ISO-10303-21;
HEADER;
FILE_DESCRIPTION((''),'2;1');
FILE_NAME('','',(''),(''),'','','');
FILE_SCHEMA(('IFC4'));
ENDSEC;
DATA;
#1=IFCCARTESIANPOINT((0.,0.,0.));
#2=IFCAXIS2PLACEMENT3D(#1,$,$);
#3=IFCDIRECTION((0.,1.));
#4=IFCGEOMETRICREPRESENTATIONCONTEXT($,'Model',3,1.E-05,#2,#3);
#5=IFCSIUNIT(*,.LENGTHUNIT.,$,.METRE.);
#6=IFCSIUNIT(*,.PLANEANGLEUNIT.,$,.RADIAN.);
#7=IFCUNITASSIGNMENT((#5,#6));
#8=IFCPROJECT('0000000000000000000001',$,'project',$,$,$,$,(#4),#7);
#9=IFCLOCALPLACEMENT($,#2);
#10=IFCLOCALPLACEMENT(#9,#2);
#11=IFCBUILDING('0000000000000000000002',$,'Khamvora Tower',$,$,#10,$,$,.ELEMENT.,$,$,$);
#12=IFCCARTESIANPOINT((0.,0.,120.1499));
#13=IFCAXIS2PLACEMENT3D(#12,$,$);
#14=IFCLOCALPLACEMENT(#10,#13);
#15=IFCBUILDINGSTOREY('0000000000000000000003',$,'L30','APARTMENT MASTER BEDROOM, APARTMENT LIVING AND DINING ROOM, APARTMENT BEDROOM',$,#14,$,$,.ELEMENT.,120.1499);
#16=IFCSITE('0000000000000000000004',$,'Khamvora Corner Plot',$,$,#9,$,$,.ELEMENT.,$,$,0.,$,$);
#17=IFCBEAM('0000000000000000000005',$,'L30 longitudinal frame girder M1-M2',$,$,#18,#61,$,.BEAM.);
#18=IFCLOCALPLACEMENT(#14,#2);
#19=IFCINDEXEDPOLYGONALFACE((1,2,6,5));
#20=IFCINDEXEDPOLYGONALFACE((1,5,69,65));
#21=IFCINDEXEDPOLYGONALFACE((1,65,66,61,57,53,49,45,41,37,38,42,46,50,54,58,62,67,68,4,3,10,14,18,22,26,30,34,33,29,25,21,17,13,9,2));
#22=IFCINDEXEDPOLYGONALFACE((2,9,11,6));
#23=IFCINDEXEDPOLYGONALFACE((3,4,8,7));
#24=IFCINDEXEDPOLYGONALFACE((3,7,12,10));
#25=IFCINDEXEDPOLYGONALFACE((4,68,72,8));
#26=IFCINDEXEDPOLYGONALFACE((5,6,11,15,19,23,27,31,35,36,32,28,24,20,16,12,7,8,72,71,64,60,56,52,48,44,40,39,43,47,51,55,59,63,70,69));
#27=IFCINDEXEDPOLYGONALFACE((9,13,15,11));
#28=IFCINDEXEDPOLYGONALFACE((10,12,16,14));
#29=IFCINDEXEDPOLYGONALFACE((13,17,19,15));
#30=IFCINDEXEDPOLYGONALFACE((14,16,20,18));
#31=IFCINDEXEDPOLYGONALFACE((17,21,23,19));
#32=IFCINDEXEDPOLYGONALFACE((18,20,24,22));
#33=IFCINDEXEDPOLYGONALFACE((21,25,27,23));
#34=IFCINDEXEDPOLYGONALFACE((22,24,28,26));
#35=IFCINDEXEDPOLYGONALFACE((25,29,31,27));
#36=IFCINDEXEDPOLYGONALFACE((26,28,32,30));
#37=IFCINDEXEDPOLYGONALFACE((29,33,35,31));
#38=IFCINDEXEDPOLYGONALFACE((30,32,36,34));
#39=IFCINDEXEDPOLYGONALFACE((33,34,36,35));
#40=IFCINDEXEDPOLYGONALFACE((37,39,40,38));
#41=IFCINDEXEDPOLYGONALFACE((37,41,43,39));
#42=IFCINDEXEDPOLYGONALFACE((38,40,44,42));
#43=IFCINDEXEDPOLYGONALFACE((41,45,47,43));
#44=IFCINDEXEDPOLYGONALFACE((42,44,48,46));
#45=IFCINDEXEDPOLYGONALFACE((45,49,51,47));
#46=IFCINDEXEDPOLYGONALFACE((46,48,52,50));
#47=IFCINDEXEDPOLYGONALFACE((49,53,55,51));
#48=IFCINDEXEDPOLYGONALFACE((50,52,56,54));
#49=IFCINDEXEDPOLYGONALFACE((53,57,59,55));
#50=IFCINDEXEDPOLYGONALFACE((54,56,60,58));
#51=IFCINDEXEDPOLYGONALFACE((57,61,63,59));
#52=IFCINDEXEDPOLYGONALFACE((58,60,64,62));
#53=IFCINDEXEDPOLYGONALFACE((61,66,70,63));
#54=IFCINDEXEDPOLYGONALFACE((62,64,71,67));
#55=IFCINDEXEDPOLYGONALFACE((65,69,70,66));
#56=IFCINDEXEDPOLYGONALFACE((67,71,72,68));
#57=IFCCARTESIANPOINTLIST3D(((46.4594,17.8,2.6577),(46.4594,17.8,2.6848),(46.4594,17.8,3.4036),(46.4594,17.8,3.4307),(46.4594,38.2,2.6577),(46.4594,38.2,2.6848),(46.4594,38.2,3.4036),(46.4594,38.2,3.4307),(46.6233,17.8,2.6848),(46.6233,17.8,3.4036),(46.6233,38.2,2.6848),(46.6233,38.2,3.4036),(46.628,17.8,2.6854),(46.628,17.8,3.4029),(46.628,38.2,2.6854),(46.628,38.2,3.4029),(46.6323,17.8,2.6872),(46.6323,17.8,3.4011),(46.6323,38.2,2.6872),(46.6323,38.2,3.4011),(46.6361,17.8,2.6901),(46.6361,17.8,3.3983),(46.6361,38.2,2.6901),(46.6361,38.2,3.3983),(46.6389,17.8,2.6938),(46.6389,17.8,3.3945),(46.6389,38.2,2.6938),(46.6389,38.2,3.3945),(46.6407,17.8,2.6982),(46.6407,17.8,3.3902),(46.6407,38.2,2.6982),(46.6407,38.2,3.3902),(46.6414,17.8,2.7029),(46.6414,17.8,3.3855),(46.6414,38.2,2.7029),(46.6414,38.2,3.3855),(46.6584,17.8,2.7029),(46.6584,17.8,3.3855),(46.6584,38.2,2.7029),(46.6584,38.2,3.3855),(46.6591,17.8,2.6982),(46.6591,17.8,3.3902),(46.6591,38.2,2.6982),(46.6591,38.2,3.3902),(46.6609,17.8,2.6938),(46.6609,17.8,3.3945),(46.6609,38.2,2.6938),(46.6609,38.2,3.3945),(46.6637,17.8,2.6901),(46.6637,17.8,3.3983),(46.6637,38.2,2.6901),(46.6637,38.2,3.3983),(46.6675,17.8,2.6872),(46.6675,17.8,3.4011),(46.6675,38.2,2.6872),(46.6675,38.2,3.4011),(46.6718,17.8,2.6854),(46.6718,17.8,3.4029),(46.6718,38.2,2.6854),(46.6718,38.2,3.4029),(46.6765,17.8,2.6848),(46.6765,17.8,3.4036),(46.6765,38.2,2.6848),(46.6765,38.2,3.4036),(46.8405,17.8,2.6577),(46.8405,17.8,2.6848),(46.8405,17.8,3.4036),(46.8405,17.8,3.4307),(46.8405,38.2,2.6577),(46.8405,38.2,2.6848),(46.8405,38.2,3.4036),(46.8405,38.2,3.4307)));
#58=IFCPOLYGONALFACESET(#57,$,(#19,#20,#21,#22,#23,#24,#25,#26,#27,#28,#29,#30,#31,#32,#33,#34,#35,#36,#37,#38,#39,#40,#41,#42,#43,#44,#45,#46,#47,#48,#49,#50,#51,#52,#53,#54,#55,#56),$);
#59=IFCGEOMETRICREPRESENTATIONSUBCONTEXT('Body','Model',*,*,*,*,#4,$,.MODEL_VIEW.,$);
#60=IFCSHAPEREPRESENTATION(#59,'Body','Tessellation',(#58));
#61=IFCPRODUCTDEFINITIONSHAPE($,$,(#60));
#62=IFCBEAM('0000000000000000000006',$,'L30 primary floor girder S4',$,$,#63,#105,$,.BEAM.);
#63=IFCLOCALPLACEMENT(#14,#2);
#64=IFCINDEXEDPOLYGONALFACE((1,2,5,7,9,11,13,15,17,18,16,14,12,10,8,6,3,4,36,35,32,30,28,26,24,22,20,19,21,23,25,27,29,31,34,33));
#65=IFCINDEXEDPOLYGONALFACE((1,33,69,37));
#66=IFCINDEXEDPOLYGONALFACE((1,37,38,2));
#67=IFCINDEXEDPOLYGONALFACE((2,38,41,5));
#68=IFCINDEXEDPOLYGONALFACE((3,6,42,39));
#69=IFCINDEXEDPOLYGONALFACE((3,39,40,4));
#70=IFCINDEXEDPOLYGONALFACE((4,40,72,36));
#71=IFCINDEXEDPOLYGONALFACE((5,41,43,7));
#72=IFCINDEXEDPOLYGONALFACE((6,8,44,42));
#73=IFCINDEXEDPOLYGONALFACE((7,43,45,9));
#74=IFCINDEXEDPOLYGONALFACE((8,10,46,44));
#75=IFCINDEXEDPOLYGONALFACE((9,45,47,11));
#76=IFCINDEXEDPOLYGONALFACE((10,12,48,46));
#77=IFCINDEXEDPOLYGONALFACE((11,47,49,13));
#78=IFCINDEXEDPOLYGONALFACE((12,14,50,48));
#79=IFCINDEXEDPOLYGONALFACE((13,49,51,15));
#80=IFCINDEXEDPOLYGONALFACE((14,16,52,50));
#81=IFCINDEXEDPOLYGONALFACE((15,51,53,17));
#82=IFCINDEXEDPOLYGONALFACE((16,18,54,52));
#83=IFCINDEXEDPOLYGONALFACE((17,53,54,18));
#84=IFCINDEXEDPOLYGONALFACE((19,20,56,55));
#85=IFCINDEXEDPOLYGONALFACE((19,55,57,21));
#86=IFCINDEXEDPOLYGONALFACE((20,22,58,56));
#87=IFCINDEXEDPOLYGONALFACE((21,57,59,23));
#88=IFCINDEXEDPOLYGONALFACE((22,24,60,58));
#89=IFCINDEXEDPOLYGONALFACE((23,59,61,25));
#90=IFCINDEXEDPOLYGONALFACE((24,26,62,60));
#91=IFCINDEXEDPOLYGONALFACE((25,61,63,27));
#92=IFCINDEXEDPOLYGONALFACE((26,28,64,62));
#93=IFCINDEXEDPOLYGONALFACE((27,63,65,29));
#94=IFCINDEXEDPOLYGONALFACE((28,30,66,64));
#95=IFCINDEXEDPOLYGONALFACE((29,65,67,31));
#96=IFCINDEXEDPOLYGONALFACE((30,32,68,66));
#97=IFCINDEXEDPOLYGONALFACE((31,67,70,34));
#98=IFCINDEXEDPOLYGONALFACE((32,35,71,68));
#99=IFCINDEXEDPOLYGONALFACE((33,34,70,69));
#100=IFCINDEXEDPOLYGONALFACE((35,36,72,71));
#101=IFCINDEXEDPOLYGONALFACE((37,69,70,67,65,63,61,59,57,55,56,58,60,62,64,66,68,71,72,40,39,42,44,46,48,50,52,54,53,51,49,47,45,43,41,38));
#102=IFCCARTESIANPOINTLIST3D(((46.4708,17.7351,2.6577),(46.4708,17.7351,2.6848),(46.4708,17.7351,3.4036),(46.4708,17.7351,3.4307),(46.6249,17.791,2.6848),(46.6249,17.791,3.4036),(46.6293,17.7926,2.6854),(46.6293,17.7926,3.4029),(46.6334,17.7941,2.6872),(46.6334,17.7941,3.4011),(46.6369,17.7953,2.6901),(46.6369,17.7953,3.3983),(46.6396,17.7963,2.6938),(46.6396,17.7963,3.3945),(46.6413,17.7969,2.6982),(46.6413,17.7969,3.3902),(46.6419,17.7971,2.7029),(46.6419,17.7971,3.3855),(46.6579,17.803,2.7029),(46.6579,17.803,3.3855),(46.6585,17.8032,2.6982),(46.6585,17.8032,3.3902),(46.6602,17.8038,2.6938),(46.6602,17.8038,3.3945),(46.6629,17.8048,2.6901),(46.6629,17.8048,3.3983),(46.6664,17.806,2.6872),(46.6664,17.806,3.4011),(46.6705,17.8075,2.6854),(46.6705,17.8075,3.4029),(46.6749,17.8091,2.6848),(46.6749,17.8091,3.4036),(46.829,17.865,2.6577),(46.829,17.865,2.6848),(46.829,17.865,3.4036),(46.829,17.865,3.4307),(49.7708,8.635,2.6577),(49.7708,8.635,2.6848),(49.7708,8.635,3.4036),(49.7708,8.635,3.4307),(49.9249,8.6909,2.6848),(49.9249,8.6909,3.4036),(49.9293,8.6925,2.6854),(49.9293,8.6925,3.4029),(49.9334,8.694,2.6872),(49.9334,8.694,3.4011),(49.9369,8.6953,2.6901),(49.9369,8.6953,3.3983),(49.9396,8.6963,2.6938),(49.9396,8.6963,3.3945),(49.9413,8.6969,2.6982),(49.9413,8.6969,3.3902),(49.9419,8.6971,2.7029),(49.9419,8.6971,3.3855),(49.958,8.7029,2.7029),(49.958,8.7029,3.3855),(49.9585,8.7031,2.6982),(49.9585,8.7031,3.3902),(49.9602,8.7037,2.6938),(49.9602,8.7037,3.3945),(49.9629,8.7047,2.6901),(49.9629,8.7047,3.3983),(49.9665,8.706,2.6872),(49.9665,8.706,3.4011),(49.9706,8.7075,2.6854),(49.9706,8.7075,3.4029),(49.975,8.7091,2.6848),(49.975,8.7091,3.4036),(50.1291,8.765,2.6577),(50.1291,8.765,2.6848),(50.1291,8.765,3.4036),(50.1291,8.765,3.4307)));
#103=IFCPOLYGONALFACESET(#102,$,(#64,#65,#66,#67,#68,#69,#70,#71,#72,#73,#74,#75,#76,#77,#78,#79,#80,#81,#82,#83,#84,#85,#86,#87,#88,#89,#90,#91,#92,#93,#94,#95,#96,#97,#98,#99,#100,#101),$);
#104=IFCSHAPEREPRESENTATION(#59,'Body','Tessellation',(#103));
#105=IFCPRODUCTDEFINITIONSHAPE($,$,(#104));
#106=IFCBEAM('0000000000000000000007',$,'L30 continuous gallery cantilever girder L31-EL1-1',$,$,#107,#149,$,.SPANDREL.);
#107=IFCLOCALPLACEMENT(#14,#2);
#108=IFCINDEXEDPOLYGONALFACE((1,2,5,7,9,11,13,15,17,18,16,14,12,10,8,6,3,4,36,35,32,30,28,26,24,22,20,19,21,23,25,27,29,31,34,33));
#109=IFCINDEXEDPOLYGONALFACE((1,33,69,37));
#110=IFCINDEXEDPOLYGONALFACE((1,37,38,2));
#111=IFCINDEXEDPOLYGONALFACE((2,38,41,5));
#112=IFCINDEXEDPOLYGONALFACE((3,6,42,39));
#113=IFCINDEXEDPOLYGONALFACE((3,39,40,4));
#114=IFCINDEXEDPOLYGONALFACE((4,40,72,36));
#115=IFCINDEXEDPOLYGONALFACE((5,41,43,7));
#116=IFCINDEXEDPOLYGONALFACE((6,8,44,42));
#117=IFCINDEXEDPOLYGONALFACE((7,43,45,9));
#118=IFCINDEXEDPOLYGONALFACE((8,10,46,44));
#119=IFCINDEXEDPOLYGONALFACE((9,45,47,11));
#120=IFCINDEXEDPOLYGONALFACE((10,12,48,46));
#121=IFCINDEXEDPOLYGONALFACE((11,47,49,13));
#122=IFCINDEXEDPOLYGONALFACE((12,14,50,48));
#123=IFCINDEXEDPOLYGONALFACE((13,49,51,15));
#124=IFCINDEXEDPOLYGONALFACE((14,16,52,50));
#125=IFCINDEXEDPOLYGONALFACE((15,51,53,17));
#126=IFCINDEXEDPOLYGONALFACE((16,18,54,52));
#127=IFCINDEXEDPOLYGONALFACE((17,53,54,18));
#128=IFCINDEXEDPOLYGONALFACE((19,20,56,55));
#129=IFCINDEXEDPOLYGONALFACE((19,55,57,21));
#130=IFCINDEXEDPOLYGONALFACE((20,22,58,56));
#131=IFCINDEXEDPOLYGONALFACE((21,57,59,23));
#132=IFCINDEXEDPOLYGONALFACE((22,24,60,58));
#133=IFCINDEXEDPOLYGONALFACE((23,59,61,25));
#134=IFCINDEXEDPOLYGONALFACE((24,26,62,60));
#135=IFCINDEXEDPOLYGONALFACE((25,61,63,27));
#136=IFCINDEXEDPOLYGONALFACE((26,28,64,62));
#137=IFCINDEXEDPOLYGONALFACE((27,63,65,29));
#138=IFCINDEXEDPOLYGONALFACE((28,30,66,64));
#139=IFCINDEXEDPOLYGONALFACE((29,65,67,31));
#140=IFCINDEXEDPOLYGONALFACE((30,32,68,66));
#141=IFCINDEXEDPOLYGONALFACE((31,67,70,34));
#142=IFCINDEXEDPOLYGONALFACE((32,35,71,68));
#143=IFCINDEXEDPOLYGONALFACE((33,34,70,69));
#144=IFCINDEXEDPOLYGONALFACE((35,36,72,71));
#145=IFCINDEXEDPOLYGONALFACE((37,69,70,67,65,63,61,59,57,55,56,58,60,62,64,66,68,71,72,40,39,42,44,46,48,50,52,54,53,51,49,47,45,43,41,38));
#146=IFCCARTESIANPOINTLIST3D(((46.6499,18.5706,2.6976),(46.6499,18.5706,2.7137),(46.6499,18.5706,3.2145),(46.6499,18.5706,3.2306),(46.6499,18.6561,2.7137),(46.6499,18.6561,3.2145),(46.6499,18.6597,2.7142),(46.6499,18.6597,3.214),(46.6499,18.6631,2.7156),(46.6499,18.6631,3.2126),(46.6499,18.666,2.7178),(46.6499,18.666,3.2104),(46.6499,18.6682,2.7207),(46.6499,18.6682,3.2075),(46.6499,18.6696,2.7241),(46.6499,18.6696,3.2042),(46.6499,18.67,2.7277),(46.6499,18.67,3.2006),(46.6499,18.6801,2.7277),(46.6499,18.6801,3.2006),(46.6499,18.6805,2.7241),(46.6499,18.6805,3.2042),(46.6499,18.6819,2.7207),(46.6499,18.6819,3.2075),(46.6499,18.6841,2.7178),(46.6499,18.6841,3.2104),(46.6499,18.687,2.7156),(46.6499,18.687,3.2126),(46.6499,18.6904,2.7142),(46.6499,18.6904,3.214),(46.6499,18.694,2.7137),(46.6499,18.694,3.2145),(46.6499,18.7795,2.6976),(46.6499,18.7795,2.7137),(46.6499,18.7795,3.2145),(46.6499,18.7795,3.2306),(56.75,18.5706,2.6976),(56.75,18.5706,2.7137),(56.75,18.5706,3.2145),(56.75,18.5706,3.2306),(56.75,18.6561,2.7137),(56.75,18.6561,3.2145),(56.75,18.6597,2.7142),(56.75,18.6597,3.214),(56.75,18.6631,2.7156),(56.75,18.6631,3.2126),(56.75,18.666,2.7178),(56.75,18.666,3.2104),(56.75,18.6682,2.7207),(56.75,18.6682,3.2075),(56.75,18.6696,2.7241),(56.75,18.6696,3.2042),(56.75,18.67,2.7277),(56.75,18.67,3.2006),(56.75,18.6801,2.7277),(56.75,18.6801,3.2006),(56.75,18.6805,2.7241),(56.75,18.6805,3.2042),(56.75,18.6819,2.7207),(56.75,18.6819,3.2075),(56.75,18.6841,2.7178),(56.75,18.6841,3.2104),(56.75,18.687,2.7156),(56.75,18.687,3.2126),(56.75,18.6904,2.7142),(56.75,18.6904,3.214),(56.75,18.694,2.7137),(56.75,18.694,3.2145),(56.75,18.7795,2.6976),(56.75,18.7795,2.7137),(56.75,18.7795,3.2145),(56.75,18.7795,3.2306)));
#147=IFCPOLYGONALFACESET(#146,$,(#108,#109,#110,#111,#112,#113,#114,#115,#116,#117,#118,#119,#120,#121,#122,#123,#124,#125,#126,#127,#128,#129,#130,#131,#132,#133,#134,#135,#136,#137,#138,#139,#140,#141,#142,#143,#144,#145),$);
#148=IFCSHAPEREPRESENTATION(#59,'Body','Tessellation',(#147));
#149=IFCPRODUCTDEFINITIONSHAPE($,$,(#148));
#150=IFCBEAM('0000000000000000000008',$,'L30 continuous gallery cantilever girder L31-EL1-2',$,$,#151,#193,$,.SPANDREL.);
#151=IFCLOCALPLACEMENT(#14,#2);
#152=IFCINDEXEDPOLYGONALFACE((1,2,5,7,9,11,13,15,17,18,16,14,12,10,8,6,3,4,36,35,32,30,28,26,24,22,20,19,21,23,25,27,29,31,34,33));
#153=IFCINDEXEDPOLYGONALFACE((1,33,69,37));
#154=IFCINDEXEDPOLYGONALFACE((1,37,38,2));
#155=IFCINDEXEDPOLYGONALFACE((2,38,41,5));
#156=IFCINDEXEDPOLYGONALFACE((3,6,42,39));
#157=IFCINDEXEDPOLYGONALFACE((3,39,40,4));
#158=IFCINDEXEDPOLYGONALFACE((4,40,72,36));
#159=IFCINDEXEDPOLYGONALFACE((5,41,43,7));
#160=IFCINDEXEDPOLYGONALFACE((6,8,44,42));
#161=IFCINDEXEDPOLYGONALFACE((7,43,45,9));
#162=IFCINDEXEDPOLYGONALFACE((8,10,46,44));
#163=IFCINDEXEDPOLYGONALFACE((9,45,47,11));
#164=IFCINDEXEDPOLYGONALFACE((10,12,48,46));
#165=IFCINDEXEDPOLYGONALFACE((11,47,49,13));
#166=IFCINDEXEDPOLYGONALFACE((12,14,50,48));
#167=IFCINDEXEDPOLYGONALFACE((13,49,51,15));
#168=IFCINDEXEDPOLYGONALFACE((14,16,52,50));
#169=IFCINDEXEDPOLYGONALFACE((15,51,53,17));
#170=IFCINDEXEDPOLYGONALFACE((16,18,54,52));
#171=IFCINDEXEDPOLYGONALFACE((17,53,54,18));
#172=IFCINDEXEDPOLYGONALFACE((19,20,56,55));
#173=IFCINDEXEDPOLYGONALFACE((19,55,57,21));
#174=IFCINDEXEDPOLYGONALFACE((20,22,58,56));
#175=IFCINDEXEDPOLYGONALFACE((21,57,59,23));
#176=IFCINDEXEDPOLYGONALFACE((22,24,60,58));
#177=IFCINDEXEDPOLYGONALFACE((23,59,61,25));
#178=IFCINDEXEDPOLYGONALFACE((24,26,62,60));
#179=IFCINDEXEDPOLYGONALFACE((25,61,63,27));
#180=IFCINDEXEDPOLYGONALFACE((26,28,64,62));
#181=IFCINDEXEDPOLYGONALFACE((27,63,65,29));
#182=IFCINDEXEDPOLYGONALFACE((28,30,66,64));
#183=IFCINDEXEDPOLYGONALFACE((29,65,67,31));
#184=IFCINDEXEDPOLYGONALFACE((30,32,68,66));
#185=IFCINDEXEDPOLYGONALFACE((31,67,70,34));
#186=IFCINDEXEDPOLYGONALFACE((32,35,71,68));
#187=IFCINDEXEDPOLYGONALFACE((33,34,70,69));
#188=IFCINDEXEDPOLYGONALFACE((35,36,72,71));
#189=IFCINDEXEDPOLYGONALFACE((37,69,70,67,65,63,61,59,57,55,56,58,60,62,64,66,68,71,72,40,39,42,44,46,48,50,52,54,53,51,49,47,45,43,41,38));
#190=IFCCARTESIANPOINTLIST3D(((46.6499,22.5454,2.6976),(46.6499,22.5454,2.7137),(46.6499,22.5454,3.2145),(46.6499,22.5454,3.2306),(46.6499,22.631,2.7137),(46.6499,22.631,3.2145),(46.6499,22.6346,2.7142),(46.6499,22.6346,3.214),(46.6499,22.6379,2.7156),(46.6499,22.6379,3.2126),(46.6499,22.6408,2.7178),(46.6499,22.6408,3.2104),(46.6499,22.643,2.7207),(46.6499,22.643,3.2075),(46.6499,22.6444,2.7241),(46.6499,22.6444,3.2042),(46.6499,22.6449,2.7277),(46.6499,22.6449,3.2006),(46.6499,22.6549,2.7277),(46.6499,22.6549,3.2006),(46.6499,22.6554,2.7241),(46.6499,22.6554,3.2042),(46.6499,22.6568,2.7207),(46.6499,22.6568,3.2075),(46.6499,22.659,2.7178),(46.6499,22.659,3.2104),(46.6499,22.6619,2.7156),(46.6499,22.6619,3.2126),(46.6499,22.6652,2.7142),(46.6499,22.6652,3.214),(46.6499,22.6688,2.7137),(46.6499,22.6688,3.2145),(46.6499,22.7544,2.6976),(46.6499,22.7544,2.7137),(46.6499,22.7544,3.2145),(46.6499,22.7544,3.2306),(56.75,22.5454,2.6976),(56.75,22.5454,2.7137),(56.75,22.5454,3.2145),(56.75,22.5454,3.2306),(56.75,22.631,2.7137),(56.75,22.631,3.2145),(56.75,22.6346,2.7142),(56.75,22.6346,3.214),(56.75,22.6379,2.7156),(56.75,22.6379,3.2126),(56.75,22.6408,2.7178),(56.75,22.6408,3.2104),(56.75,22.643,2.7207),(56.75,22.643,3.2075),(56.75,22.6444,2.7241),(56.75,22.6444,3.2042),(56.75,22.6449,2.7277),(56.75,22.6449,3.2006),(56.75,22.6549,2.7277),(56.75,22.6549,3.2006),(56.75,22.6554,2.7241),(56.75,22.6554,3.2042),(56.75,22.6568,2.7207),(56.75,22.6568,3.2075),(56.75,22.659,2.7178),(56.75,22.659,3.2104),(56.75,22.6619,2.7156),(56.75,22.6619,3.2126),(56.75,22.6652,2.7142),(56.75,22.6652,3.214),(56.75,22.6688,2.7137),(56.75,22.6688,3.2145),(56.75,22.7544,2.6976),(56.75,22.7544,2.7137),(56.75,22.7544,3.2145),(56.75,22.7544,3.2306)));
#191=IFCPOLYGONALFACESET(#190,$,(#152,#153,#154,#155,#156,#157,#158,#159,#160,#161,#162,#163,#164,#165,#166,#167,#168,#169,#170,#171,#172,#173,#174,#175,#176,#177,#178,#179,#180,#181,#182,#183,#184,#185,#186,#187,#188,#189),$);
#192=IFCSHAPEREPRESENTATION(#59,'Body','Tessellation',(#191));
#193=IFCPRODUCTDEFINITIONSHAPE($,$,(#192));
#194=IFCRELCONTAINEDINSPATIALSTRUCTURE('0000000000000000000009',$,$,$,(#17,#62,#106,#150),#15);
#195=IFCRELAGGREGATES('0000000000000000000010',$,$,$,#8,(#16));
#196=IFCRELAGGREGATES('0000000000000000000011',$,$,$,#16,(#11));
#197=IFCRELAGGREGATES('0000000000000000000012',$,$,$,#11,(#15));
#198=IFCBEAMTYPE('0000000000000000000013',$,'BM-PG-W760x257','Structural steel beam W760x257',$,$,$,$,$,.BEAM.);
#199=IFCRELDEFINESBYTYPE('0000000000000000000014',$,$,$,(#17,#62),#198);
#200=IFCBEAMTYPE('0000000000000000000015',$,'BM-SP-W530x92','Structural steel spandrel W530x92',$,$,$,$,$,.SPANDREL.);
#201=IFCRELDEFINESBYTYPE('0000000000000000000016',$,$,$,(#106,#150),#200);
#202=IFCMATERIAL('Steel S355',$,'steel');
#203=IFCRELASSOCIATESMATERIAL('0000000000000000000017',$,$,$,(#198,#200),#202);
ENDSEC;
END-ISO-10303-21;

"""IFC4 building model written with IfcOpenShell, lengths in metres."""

from ifc_helpers import new_model, si_unit, direction, frame, origin, origin_2d, place, context, subcontext, project, spatial, i_section, extrude, material, material_profile, profile_set, type_object, element, save


model = new_model("IFC4")

# Units and contexts
model_context = context("Model", 3, precision=1e-05, world=origin(), true_north=direction((0.0, 1.0)))
body_context = subcontext(model_context, "Body", "Model", "MODEL_VIEW")
ifc_project = project(units=[si_unit("LENGTHUNIT", "METRE"), si_unit("PLANEANGLEUNIT", "RADIAN")], contexts=[model_context])

# Site, building, storey
site_placement = place(None, origin())
site = spatial("IfcSite", under=ifc_project, at=site_placement, Name="Khamvora Corner Plot", CompositionType="ELEMENT", RefElevation=0.0)
building_placement = place(site_placement, origin())
building = spatial("IfcBuilding", under=site, at=building_placement, Name="Khamvora Tower", CompositionType="ELEMENT")
storey_placement = place(building_placement, frame((0.0, 0.0, 120.1499)))
storey = spatial("IfcBuildingStorey", under=building, at=storey_placement, Name="L30", Description="APARTMENT MASTER BEDROOM, APARTMENT LIVING AND DINING ROOM, APARTMENT BEDROOM", CompositionType="ELEMENT", Elevation=120.1499)

# Beams
ifc_material_1 = material(Name="Steel S355", Category="steel")
ifc_material_profile_1 = material_profile(ifc_material_1, i_section(OverallWidth=0.3811, OverallDepth=0.7729, WebThickness=0.0171, FlangeThickness=0.0271, FilletRadius=0.0181, at=origin_2d()), Name="W760x257")
ifc_profile_set_1 = profile_set([ifc_material_profile_1], Name="Steel S355")
beam_type_1 = type_object("IfcBeamType", Name="BM-PG-W760x257", Description="Structural steel beam W760x257", PredefinedType="BEAM", material=ifc_profile_set_1)
beam_1_placement = place(storey_placement, frame((46.6499, 17.8, 3.0442), z_axis=(0.0, 1.0, 0.0), x_axis=(-1.0, 0.0, 0.0)))
element("IfcBeam", 1, at=beam_1_placement, inside=storey, type_object=beam_type_1, Name="L30 longitudinal frame girder M1-M2", PredefinedType="BEAM", context=body_context, shape_type="SweptSolid", body=[
    extrude(i_section(OverallWidth=0.3811, OverallDepth=0.7729, WebThickness=0.0171, FlangeThickness=0.0271, FilletRadius=0.0181, at=origin_2d()), origin(), (0.0, 0.0, 1.0), 20.3999),
])
beam_2_placement = place(storey_placement, frame((46.6499, 17.8, 3.0442), z_axis=(0.340915, -0.940094, 0.0), x_axis=(0.940094, 0.340915, 0.0)))
element("IfcBeam", 2, at=beam_2_placement, inside=storey, type_object=beam_type_1, Name="L30 primary floor girder S4", PredefinedType="BEAM", context=body_context, shape_type="SweptSolid", body=[
    extrude(i_section(OverallWidth=0.3811, OverallDepth=0.7729, WebThickness=0.0171, FlangeThickness=0.0271, FilletRadius=0.0181, at=origin_2d()), origin(), (0.0, 0.0, 1.0), 9.6799),
])
ifc_material_profile_2 = material_profile(ifc_material_1, i_section(OverallWidth=0.209, OverallDepth=0.533, WebThickness=0.01, FlangeThickness=0.0161, FilletRadius=0.0139, at=origin_2d()), Name="W530x92")
ifc_profile_set_2 = profile_set([ifc_material_profile_2], Name="Steel S355")
beam_type_2 = type_object("IfcBeamType", Name="BM-SP-W530x92", Description="Structural steel spandrel W530x92", PredefinedType="SPANDREL", material=ifc_profile_set_2)
for number, where, z_axis, x_axis, name in (
    (3, (46.6499, 18.675, 2.9641), (1.0, 0.0, 0.0), (0.0, 1.0, 0.0), "L30 continuous gallery cantilever girder L31-EL1-1"),
    (4, (46.6499, 22.6499, 2.9641), (1.0, 0.0, 0.0), (0.0, 1.0, 0.0), "L30 continuous gallery cantilever girder L31-EL1-2"),
):
    element("IfcBeam", number, at=place(storey_placement, frame(where, z_axis=z_axis, x_axis=x_axis)), inside=storey, type_object=beam_type_2, Name=name, PredefinedType="SPANDREL", context=body_context, shape_type="SweptSolid", body=[
        extrude(i_section(OverallWidth=0.209, OverallDepth=0.533, WebThickness=0.01, FlangeThickness=0.0161, FilletRadius=0.0139, at=origin_2d()), origin(), (0.0, 0.0, 1.0), 10.1001),
    ])

save(model, "model.ifc")
